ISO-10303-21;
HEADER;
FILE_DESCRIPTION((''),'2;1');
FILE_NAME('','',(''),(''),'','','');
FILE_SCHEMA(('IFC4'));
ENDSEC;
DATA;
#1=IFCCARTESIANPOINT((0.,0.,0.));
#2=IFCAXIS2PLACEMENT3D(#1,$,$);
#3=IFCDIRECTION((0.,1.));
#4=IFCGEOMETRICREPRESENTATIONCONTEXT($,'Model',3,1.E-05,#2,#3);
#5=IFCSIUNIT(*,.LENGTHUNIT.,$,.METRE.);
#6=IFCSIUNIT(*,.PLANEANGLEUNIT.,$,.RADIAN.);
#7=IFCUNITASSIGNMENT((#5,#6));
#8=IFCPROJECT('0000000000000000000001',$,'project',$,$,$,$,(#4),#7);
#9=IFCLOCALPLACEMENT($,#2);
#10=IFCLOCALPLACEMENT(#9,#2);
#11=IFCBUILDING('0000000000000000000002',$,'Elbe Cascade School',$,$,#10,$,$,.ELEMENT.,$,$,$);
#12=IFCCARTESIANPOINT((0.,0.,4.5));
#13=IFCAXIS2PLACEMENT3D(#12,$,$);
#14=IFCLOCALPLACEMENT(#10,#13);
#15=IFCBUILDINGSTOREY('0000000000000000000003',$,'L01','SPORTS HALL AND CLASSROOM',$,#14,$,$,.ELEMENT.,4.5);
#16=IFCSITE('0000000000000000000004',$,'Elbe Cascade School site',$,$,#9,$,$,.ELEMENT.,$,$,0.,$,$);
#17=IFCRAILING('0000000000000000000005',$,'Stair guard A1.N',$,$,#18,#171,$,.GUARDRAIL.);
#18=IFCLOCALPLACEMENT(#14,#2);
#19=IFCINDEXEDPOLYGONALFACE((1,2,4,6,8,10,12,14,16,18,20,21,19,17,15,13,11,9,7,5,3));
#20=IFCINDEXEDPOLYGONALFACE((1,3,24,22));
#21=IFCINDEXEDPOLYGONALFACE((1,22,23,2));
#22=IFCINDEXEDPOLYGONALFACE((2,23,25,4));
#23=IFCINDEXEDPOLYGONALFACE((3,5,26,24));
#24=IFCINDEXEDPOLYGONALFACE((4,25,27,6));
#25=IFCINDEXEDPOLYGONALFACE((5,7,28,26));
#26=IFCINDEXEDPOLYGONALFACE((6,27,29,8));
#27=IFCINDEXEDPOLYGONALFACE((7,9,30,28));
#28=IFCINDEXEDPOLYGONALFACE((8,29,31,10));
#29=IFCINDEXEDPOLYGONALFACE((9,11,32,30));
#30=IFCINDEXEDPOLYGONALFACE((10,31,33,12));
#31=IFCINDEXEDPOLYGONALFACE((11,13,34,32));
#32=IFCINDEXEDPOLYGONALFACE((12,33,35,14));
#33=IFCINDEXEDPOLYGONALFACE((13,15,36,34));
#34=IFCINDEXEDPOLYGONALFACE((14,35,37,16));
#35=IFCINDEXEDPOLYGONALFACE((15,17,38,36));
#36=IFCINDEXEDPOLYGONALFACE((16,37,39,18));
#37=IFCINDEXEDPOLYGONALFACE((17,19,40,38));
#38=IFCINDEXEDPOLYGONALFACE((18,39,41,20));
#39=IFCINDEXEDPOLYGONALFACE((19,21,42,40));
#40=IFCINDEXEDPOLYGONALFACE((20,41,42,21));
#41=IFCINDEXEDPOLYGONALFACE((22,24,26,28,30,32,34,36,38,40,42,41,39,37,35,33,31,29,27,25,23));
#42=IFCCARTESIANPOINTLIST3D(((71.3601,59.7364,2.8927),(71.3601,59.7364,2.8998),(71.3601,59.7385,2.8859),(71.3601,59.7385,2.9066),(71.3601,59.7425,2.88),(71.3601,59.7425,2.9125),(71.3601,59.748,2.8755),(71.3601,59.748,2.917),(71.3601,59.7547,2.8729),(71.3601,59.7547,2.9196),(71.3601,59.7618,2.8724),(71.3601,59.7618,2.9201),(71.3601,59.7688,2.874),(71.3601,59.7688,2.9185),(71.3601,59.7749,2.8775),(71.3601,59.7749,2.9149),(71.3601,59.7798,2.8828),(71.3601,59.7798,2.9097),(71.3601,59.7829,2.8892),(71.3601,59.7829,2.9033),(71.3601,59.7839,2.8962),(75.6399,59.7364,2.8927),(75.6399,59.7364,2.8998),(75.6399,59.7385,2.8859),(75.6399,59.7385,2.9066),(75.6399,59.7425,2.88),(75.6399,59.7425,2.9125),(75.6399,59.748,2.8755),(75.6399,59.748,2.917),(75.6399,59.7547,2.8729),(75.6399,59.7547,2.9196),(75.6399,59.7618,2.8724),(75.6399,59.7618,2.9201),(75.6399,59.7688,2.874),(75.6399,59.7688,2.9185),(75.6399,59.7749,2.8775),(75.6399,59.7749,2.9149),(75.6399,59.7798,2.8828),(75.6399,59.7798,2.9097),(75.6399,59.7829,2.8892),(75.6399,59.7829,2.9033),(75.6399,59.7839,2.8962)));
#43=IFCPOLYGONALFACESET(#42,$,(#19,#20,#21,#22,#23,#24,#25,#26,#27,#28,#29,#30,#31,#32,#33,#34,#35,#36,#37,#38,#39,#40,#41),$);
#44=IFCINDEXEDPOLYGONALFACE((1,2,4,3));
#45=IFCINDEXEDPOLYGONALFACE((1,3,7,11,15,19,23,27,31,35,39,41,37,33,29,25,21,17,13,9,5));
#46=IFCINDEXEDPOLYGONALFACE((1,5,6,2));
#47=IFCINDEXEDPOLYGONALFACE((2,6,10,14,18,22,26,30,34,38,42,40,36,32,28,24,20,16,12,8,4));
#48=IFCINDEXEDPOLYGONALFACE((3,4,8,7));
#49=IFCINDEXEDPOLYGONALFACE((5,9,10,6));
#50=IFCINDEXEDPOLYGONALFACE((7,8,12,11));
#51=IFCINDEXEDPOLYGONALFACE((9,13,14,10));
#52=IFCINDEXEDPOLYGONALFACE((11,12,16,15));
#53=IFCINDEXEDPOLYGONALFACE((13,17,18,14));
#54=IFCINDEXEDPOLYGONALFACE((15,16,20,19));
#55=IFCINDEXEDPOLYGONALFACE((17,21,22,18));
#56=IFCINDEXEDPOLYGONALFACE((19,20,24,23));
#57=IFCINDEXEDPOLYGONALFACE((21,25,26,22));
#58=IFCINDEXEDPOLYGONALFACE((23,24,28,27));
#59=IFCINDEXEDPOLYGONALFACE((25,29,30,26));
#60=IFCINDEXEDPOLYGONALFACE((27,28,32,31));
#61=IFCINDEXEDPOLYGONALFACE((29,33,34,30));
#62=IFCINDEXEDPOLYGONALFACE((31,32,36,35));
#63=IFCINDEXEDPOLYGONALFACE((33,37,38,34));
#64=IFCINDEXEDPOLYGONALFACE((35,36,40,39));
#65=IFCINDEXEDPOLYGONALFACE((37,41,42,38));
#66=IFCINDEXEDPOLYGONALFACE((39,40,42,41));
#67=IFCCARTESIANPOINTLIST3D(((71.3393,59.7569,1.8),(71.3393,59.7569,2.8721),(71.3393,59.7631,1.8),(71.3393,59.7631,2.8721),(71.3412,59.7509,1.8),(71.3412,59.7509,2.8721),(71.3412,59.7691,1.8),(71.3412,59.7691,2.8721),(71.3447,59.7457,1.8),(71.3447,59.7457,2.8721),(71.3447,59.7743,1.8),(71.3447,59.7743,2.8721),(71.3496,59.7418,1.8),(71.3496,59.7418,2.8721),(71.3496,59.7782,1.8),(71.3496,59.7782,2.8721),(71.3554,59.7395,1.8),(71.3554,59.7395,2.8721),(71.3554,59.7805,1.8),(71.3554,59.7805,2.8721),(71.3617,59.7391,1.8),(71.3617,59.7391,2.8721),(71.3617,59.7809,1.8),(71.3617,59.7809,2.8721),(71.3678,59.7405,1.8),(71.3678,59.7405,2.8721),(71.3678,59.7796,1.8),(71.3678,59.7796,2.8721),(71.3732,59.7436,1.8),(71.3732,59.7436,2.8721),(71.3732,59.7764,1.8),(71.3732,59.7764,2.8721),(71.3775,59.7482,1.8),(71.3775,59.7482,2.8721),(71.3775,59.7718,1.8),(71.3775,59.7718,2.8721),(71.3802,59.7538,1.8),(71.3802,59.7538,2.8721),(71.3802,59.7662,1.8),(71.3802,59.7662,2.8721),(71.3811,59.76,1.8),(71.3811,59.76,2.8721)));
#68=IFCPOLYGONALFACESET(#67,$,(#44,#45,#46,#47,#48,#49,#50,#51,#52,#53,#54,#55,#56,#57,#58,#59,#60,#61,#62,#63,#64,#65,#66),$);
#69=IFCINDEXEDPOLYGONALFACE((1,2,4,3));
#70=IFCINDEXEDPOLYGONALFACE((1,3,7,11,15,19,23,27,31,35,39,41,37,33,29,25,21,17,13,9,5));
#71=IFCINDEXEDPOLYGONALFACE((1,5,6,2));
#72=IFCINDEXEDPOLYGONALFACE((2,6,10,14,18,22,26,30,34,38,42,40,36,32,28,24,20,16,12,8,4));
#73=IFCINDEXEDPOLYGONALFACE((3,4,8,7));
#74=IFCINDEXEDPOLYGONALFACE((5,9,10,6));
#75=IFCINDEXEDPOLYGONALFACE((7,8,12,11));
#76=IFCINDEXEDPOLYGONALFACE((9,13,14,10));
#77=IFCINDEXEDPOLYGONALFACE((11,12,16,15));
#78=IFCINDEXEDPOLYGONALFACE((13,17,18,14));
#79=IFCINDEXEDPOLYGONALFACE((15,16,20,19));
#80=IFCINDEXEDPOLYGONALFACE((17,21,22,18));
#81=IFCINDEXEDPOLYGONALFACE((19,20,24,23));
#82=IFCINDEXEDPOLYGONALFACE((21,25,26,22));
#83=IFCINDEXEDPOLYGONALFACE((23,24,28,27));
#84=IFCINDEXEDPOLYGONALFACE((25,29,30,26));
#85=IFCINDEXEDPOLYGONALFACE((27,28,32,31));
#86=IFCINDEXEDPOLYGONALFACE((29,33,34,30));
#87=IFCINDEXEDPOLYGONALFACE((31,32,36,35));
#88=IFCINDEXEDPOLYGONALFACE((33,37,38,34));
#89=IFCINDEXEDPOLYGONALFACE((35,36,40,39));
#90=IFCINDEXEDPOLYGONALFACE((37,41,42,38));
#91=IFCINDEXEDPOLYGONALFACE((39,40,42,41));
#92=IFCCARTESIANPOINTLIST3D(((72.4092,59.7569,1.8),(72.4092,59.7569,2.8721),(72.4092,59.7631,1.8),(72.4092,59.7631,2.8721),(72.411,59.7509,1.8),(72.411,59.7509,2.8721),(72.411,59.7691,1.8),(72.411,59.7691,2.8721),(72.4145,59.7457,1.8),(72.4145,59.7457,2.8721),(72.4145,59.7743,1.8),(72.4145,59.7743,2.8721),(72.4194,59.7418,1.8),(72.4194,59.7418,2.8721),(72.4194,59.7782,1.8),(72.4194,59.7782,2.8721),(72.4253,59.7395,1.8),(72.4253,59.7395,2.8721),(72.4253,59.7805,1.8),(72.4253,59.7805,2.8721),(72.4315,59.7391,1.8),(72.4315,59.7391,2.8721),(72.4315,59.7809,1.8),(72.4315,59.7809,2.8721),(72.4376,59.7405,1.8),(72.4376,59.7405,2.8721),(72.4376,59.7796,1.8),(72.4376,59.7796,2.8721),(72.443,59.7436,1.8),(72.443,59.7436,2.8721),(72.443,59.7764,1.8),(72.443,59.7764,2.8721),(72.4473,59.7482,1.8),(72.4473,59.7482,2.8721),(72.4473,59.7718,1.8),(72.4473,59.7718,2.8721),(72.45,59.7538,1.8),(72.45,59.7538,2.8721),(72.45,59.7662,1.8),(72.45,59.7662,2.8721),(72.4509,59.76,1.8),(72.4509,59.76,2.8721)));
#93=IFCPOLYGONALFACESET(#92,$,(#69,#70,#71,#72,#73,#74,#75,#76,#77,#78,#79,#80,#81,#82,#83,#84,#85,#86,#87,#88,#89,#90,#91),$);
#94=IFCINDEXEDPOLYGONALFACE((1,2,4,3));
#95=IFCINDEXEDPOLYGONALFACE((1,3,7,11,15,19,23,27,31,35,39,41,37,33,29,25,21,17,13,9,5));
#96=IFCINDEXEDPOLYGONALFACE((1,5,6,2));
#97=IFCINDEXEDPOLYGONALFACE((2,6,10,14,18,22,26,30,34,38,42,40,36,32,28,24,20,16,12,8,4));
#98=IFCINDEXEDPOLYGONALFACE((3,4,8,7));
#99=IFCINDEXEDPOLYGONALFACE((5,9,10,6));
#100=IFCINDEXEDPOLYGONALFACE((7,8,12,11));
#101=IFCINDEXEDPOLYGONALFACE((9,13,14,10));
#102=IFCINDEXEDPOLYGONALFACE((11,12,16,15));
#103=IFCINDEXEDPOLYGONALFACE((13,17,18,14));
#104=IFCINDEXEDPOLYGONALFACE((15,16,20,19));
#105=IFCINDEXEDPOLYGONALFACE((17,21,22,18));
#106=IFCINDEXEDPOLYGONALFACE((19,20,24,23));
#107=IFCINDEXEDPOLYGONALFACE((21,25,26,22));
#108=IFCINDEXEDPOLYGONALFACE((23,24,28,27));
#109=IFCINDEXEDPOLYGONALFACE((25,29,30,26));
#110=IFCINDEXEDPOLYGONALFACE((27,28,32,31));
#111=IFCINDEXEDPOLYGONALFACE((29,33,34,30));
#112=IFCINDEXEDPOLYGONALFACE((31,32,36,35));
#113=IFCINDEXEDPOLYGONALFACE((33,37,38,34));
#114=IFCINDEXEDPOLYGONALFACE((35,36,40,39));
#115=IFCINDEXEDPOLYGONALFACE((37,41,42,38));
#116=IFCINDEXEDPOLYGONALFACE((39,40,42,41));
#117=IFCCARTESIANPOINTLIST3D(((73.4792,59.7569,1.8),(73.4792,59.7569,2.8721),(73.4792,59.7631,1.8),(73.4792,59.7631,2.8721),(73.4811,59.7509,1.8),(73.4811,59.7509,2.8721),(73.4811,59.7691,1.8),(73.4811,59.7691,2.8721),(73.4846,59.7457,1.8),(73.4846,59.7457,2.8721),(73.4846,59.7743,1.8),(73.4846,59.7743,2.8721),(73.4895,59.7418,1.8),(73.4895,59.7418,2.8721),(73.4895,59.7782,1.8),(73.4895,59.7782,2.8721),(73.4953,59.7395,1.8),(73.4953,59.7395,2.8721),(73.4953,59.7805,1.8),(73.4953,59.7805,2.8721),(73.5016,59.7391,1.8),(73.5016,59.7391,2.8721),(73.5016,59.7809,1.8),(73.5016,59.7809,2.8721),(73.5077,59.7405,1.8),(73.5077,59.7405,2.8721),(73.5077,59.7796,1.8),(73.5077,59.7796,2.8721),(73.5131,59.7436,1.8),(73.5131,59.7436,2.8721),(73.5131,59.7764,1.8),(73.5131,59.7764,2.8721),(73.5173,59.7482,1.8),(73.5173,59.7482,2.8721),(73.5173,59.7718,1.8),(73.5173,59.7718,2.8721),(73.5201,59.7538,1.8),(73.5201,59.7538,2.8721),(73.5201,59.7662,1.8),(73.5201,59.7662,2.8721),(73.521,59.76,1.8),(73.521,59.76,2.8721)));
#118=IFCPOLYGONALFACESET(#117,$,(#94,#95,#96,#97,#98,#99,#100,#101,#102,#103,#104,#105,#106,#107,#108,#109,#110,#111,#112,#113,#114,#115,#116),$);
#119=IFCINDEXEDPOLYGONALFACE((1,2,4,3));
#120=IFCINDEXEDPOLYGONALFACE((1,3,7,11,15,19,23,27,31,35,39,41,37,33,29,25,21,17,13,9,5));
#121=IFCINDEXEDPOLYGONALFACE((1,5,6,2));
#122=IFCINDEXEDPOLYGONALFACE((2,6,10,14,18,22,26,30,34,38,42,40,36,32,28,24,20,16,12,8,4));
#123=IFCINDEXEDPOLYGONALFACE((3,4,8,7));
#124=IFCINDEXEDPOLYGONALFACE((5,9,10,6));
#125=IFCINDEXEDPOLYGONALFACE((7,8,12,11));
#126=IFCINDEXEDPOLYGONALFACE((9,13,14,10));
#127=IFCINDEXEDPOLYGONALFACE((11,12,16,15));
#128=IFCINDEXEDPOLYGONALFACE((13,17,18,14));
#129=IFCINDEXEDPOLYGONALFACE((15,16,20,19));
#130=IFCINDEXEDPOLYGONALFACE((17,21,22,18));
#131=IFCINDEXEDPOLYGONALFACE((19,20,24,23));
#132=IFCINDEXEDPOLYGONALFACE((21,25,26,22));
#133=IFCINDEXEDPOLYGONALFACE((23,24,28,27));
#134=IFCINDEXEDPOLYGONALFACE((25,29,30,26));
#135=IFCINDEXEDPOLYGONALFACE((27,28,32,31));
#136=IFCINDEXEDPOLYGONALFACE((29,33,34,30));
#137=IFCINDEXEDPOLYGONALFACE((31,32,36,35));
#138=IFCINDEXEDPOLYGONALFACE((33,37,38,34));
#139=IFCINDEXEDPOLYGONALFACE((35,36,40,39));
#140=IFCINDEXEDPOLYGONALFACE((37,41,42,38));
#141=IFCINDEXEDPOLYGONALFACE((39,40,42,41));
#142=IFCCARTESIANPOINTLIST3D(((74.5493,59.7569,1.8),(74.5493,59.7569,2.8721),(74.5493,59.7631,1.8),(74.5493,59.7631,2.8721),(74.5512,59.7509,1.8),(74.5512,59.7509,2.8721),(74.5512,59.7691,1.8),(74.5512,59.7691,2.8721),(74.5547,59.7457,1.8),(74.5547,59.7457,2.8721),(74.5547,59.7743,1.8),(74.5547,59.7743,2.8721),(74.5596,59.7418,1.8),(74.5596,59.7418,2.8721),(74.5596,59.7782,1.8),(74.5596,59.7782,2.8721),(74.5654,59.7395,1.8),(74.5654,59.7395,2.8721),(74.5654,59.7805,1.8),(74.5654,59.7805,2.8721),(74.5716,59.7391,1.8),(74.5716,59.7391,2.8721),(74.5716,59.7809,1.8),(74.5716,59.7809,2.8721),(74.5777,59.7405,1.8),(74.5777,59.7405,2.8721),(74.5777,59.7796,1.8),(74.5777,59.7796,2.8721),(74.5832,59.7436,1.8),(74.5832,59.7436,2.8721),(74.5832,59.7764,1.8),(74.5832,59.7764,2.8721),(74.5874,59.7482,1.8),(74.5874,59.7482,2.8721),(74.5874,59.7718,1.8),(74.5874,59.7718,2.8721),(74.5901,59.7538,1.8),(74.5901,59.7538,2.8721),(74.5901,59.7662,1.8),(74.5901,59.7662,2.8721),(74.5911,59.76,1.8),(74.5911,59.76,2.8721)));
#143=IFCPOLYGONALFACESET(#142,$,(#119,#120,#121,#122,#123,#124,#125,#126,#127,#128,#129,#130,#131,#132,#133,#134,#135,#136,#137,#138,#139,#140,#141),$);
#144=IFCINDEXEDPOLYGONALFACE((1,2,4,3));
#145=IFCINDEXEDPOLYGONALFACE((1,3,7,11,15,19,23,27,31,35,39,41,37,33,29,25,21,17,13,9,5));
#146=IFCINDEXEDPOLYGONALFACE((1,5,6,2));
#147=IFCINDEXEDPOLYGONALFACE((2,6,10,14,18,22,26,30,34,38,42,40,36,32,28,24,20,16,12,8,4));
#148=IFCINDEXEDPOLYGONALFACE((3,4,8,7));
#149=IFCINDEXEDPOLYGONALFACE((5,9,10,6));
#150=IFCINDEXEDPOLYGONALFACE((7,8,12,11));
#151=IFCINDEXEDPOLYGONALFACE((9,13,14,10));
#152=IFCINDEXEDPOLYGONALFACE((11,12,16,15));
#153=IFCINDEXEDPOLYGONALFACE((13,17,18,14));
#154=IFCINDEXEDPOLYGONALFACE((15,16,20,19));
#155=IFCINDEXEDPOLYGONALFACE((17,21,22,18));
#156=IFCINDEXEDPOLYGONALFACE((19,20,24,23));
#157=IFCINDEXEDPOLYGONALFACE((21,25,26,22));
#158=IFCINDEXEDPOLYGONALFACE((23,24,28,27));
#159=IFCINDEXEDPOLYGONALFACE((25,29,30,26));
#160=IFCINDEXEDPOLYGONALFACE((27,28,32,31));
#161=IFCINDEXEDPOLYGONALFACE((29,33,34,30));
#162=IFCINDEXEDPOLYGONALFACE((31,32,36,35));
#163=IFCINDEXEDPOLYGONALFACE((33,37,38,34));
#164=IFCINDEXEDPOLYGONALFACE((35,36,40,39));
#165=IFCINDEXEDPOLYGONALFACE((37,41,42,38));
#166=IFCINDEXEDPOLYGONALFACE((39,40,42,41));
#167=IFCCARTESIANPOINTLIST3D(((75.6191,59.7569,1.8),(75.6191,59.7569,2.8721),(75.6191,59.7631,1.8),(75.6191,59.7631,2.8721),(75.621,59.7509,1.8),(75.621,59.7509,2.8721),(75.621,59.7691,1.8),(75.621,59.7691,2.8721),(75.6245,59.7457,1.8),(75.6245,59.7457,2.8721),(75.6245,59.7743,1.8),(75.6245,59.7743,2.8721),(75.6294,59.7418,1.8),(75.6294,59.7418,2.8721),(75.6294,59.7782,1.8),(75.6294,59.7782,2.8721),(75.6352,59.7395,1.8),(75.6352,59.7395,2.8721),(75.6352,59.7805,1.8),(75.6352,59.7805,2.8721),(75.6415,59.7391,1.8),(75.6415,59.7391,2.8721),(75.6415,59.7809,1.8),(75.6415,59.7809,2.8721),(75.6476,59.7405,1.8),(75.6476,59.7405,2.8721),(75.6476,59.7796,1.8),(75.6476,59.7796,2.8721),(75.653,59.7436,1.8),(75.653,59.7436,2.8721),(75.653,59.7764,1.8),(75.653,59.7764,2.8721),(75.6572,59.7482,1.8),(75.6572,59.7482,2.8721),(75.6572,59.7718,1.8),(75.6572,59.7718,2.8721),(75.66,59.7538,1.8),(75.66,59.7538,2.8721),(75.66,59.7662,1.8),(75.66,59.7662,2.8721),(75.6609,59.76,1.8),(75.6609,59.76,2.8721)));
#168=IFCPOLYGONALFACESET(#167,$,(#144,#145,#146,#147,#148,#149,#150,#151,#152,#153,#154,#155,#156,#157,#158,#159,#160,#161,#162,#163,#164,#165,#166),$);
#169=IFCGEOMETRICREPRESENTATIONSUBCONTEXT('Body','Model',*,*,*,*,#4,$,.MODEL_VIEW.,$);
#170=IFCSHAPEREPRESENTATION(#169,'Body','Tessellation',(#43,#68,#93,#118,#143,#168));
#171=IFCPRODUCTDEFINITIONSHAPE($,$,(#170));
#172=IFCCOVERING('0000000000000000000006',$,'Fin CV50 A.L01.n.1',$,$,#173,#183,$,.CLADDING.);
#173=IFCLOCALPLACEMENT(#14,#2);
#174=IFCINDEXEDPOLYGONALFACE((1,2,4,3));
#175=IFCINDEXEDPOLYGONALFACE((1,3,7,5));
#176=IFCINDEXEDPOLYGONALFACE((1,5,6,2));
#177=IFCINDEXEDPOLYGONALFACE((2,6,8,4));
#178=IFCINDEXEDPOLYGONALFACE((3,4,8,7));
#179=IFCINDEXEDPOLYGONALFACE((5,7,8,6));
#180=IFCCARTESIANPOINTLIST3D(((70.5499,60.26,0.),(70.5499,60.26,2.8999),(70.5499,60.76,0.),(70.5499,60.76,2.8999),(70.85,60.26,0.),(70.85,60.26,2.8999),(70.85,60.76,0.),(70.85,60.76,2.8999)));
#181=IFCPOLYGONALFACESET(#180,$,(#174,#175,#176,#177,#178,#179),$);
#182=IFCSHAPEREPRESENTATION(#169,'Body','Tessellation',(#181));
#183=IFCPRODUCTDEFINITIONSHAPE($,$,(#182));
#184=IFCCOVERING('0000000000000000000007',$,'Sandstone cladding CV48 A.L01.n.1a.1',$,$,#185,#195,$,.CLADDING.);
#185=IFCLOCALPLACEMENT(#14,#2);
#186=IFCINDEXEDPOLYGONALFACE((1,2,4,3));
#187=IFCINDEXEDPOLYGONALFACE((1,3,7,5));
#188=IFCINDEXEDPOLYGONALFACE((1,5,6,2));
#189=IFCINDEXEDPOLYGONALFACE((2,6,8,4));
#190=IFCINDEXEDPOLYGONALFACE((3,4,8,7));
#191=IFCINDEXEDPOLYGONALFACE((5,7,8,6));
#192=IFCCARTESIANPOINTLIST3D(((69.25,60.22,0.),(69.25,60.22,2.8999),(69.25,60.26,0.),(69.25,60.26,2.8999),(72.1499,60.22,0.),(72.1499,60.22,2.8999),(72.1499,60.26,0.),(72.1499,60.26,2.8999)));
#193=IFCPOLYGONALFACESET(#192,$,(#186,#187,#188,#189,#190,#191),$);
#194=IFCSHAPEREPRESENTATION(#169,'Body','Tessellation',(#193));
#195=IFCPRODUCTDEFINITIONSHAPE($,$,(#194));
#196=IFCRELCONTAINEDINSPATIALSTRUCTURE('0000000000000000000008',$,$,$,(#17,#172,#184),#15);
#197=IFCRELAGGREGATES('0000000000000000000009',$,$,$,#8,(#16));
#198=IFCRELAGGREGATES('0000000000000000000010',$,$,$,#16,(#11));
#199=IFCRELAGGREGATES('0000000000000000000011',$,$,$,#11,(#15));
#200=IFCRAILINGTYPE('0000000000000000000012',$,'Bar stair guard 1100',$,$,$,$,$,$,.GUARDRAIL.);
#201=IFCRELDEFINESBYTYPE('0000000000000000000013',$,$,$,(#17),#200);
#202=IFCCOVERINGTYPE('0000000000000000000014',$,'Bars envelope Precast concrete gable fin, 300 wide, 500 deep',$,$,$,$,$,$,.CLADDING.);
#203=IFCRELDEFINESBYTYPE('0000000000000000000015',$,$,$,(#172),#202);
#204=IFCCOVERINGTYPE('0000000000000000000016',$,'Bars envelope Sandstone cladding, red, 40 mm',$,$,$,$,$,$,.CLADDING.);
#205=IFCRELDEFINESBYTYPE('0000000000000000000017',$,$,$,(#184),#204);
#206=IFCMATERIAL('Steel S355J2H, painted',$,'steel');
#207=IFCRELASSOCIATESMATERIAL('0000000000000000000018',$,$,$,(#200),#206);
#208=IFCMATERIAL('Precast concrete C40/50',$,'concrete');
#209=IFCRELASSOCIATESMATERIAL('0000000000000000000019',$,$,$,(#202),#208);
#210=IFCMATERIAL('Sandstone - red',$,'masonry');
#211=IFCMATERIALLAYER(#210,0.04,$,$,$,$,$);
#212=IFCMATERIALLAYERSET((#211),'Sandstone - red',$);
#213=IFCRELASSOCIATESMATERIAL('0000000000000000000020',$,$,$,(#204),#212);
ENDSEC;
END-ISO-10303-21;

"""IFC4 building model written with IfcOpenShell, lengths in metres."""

from ifc_helpers import new_model, si_unit, direction, frame, origin, origin_2d, place, context, subcontext, project, spatial, rectangle, circle, extrude, material, layer, layer_set, type_object, element, save


model = new_model("IFC4")

# Units and contexts
model_context = context("Model", 3, precision=1e-05, world=origin(), true_north=direction((0.0, 1.0)))
body_context = subcontext(model_context, "Body", "Model", "MODEL_VIEW")
ifc_project = project(units=[si_unit("LENGTHUNIT", "METRE"), si_unit("PLANEANGLEUNIT", "RADIAN")], contexts=[model_context])

# Site, building, storey
site_placement = place(None, origin())
site = spatial("IfcSite", under=ifc_project, at=site_placement, Name="Elbe Cascade School site", CompositionType="ELEMENT", RefElevation=0.0)
building_placement = place(site_placement, origin())
building = spatial("IfcBuilding", under=site, at=building_placement, Name="Elbe Cascade School", CompositionType="ELEMENT")
storey_placement = place(building_placement, frame((0.0, 0.0, 4.5)))
storey = spatial("IfcBuildingStorey", under=building, at=storey_placement, Name="L01", Description="SPORTS HALL AND CLASSROOM", CompositionType="ELEMENT", Elevation=4.5)

# Railing
ifc_material_1 = material(Name="Steel S355J2H, painted", Category="steel")
railing_type = type_object("IfcRailingType", Name="Bar stair guard 1100", PredefinedType="GUARDRAIL", material=ifc_material_1)
railing_placement = place(storey_placement, frame((71.3601, 59.76, 1.8)))
element("IfcRailing", 1, at=railing_placement, inside=storey, type_object=railing_type, Name="Stair guard A1.N", PredefinedType="GUARDRAIL", context=body_context, shape_type="SweptSolid", body=[
    extrude(circle(Radius=0.0239, at=origin_2d()), frame((0.0, 0.0, 1.0962), z_axis=(1.0, 0.0, 0.0), x_axis=(0.0, 1.0, 0.0)), (0.0, 0.0, 1.0), 4.2798),
    extrude(circle(Radius=0.021, at=origin_2d()), origin(), (0.0, 0.0, 1.0), 1.072),
    extrude(circle(Radius=0.021, at=origin_2d()), frame((1.0698, 0.0, 0.0)), (0.0, 0.0, 1.0), 1.072),
    extrude(circle(Radius=0.021, at=origin_2d()), frame((2.1399, 0.0, 0.0)), (0.0, 0.0, 1.0), 1.072),
    extrude(circle(Radius=0.021, at=origin_2d()), frame((3.21, 0.0, 0.0)), (0.0, 0.0, 1.0), 1.072),
    extrude(circle(Radius=0.021, at=origin_2d()), frame((4.2798, 0.0, 0.0)), (0.0, 0.0, 1.0), 1.072),
])

# Coverings
ifc_material_2 = material(Name="Precast concrete C40/50", Category="concrete")
covering_type_1 = type_object("IfcCoveringType", Name="Bars envelope Precast concrete gable fin, 300 wide, 500 deep", PredefinedType="CLADDING", material=ifc_material_2)
covering_1_placement = place(storey_placement, frame((70.7, 60.51, 0.0), z_axis=(0.0, 0.0, 1.0), x_axis=(1.0, 0.0, 0.0)))
element("IfcCovering", 2, at=covering_1_placement, inside=storey, type_object=covering_type_1, Name="Fin CV50 A.L01.n.1", PredefinedType="CLADDING", context=body_context, shape_type="SweptSolid", body=[
    extrude(rectangle(XDim=0.3, YDim=0.5, at=origin_2d()), origin(), (0.0, 0.0, 1.0), 2.8999),
])
ifc_material_3 = material(Name="Sandstone - red", Category="masonry")
ifc_layer_1 = layer(ifc_material_3, 0.04)
ifc_layer_set_1 = layer_set([ifc_layer_1], Name="Sandstone - red")
covering_type_2 = type_object("IfcCoveringType", Name="Bars envelope Sandstone cladding, red, 40 mm", PredefinedType="CLADDING", material=ifc_layer_set_1)
covering_2_placement = place(storey_placement, frame((70.7, 60.24, 0.0), z_axis=(0.0, 0.0, 1.0), x_axis=(1.0, 0.0, 0.0)))
element("IfcCovering", 3, at=covering_2_placement, inside=storey, type_object=covering_type_2, Name="Sandstone cladding CV48 A.L01.n.1a.1", PredefinedType="CLADDING", context=body_context, shape_type="SweptSolid", body=[
    extrude(rectangle(XDim=2.8999, YDim=0.04, at=origin_2d()), origin(), (0.0, 0.0, 1.0), 2.8999),
])

save(model, "model.ifc")
